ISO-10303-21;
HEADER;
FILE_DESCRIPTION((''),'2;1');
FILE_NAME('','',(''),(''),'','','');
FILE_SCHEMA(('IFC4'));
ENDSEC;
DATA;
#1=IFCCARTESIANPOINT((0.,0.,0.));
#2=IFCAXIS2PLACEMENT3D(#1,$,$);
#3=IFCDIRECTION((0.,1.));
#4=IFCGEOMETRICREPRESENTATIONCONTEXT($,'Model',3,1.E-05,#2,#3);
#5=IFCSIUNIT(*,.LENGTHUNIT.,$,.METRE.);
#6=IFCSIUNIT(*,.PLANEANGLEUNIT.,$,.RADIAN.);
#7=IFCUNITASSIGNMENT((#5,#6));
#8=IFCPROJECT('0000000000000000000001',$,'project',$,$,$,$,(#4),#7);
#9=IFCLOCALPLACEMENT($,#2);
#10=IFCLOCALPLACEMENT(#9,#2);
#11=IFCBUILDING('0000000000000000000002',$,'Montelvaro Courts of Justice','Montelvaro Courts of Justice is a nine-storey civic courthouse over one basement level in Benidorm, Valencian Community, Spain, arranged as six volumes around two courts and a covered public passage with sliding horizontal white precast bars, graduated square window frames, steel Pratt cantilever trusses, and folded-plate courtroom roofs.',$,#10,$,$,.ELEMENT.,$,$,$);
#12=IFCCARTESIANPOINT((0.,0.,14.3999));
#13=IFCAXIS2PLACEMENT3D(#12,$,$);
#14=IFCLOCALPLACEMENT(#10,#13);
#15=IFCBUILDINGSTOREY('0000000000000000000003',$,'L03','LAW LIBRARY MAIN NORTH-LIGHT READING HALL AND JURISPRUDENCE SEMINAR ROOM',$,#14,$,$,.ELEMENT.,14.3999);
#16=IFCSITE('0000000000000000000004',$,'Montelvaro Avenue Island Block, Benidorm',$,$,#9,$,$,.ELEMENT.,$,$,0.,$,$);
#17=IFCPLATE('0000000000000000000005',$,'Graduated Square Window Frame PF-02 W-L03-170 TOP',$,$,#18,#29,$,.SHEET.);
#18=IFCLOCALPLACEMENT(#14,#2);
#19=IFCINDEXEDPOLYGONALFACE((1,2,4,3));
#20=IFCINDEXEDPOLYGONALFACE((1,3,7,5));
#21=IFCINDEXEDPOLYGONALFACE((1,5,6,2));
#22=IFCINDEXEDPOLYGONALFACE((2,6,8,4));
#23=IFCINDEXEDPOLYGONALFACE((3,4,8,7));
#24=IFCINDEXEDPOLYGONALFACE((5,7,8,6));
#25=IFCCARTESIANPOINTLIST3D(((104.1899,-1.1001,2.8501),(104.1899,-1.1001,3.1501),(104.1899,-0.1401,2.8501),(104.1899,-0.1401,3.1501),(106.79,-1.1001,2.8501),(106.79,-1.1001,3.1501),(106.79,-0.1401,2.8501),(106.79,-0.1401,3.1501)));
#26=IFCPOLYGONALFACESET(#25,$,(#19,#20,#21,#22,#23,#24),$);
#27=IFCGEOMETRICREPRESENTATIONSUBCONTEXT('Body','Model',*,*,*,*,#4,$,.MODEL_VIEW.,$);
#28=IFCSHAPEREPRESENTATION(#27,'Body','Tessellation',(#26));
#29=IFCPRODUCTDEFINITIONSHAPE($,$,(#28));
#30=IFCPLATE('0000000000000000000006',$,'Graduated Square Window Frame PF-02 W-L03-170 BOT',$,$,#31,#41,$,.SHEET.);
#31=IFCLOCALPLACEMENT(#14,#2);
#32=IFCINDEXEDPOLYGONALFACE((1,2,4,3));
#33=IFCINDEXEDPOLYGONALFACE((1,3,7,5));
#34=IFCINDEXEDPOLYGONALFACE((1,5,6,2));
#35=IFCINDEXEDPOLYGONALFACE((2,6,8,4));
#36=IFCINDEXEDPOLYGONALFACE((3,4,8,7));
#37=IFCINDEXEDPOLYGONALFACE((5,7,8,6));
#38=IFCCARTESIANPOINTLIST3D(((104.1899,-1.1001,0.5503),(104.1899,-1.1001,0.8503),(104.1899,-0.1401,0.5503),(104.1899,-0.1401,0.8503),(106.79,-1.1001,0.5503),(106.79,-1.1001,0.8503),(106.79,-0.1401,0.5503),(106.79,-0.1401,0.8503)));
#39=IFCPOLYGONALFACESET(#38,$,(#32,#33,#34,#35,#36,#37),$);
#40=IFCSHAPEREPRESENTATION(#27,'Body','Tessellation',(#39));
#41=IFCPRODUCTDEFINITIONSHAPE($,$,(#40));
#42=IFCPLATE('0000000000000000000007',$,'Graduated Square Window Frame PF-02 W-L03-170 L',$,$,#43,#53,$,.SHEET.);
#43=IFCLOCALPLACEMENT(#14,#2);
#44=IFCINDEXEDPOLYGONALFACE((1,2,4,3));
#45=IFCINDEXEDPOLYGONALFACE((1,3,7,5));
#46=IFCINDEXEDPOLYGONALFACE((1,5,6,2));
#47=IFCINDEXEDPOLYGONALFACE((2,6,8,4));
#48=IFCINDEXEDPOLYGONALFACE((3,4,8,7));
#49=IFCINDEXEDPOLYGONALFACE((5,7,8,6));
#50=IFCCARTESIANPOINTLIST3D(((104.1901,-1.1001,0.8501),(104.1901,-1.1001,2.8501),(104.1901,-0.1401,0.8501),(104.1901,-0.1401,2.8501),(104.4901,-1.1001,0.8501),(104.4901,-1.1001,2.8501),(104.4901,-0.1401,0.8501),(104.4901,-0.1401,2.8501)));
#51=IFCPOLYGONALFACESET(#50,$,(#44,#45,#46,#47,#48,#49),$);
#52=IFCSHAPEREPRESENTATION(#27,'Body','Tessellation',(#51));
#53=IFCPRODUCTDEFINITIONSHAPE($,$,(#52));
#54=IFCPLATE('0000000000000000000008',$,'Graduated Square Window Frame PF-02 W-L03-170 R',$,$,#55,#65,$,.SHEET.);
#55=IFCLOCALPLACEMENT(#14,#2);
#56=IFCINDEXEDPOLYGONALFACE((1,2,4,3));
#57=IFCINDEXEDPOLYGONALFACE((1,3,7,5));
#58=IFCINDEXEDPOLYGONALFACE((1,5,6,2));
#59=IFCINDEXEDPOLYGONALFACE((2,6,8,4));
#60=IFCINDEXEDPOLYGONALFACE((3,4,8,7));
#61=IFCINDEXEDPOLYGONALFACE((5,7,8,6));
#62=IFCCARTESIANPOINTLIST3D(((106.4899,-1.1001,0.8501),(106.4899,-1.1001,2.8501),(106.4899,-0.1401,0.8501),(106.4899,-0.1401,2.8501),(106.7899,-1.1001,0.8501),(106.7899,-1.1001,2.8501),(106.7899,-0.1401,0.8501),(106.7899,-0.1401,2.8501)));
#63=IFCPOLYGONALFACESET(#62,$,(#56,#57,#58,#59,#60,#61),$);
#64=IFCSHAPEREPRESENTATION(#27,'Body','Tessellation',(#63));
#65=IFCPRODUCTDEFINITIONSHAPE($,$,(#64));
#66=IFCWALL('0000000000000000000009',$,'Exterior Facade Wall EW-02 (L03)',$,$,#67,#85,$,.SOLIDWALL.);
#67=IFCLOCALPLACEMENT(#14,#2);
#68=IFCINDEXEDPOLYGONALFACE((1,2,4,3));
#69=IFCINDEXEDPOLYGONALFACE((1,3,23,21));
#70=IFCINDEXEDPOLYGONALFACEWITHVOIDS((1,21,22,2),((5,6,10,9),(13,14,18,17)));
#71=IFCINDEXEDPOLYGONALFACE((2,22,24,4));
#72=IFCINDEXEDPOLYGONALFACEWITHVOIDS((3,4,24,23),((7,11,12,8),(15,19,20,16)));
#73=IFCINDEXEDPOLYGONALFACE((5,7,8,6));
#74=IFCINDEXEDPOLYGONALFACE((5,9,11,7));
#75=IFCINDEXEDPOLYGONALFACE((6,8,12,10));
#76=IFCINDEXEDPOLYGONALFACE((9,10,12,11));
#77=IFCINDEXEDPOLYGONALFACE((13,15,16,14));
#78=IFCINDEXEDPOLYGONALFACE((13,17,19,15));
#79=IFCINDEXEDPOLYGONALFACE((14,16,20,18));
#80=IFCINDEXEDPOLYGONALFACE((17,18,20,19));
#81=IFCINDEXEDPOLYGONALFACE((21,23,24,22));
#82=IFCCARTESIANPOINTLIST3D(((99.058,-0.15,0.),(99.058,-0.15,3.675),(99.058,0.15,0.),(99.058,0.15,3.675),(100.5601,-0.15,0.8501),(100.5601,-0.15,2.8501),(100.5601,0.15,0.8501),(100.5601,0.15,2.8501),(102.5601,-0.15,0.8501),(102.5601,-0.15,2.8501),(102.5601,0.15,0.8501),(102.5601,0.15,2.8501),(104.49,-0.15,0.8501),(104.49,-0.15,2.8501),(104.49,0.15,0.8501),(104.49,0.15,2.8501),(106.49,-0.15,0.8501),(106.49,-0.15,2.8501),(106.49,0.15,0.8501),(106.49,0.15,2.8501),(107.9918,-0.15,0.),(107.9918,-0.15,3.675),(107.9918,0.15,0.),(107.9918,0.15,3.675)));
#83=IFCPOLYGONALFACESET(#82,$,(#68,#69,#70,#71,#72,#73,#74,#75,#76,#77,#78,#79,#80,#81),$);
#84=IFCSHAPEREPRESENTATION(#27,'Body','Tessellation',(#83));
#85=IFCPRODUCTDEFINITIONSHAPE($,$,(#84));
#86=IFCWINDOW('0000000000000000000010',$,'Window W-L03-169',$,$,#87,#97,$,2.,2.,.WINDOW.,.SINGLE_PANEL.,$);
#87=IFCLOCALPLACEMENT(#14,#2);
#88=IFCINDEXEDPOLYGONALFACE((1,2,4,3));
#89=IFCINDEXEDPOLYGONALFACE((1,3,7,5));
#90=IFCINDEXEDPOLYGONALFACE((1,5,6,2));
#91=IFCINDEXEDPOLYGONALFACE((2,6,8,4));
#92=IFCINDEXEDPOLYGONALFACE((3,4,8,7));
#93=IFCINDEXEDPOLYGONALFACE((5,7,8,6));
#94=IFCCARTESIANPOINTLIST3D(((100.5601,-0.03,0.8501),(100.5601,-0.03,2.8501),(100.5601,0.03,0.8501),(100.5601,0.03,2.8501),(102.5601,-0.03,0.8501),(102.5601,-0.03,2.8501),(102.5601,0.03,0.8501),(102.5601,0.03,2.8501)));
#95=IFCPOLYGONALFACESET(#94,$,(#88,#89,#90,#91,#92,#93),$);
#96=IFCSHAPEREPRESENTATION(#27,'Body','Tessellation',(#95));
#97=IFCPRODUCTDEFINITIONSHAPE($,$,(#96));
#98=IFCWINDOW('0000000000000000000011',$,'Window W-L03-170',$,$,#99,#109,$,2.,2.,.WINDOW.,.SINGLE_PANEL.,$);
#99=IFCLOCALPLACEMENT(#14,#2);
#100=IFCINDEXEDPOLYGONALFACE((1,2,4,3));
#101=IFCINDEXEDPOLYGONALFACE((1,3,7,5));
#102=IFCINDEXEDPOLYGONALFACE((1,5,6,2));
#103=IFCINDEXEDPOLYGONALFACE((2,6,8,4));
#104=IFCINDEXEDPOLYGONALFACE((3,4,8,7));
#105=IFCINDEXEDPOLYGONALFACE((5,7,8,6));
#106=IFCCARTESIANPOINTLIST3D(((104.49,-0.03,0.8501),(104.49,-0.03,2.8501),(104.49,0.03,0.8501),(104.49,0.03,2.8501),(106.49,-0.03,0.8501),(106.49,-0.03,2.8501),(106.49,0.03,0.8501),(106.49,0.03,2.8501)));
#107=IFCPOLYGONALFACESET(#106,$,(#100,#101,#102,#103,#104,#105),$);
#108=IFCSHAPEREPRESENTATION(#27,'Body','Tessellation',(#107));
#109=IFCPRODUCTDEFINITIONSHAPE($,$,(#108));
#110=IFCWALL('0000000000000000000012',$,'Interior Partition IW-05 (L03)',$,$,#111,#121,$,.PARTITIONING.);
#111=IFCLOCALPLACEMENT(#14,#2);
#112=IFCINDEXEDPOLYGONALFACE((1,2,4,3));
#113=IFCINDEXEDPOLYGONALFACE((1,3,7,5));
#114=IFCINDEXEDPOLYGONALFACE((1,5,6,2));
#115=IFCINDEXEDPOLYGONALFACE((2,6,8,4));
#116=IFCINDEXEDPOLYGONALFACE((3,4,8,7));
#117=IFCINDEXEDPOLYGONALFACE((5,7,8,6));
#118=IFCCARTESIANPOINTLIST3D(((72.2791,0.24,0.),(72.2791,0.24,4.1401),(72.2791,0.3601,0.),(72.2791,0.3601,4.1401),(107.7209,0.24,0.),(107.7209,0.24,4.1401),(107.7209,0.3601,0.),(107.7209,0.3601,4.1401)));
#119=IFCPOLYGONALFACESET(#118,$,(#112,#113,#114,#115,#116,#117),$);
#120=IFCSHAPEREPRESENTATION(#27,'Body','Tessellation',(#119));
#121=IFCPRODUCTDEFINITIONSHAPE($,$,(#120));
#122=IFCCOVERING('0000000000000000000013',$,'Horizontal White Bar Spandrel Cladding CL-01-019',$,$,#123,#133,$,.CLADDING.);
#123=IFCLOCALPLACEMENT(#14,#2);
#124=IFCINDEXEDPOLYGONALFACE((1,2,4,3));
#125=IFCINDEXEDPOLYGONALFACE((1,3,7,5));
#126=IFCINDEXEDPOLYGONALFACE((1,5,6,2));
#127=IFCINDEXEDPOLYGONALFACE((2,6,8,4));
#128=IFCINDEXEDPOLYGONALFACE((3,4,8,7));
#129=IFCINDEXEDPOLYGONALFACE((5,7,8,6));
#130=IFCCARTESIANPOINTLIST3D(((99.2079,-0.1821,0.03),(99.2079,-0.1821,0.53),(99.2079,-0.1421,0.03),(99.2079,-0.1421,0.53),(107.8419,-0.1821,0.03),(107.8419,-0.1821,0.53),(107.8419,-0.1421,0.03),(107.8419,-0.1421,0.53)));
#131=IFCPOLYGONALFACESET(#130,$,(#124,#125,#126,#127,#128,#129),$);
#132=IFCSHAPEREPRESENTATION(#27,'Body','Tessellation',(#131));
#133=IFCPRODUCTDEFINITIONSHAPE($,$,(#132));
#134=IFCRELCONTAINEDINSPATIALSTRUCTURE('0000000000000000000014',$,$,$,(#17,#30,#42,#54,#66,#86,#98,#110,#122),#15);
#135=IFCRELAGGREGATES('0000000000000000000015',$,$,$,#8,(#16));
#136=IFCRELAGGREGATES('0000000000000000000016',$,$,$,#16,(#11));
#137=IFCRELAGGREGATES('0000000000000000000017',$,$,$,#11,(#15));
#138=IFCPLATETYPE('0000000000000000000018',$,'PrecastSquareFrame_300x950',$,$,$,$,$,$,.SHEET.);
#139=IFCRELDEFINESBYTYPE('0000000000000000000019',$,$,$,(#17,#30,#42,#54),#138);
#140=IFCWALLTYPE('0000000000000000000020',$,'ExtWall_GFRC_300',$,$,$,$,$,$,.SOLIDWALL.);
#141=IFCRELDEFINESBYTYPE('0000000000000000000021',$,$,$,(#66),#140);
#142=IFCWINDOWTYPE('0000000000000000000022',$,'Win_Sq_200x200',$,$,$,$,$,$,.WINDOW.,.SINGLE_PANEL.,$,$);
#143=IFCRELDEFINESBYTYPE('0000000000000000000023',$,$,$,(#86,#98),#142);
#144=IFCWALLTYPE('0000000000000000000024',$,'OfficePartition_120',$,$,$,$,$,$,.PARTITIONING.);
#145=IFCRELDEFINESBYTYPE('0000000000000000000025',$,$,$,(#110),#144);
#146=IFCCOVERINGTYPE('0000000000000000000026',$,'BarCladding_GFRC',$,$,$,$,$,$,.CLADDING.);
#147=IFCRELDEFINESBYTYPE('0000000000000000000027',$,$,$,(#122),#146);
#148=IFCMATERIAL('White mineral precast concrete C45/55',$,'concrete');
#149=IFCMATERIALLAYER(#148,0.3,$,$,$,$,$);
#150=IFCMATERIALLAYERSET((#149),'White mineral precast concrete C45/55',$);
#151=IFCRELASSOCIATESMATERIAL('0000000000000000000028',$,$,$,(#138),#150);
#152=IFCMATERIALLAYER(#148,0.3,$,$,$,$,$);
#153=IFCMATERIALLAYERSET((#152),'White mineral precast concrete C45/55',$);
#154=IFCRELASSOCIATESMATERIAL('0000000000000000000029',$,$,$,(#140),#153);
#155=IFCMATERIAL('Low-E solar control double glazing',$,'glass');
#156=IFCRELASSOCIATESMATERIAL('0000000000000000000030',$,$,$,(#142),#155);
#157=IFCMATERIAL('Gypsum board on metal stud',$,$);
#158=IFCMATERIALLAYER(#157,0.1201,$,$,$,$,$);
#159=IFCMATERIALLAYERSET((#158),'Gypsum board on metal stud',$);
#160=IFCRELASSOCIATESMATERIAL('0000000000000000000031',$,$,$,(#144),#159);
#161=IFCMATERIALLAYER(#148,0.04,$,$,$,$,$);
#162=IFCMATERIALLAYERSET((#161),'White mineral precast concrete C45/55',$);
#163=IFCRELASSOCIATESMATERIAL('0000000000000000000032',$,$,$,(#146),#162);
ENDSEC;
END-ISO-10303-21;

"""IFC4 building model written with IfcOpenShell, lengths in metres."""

from ifc_helpers import new_model, si_unit, direction, frame, frame_2d, origin, origin_2d, place, context, subcontext, project, spatial, rectangle, extrude, material, layer, layer_set, type_object, element, fill, save


model = new_model("IFC4")

# Units and contexts
model_context = context("Model", 3, precision=1e-05, world=origin(), true_north=direction((0.0, 1.0)))
body_context = subcontext(model_context, "Body", "Model", "MODEL_VIEW")
ifc_project = project(units=[si_unit("LENGTHUNIT", "METRE"), si_unit("PLANEANGLEUNIT", "RADIAN")], contexts=[model_context])

# Site, building, storey
site_placement = place(None, origin())
site = spatial("IfcSite", under=ifc_project, at=site_placement, Name="Montelvaro Avenue Island Block, Benidorm", CompositionType="ELEMENT", RefElevation=0.0)
building_placement = place(site_placement, origin())
building = spatial("IfcBuilding", under=site, at=building_placement, Name="Montelvaro Courts of Justice", Description="Montelvaro Courts of Justice is a nine-storey civic courthouse over one basement level in Benidorm, Valencian Community, Spain, arranged as six volumes around two courts and a covered public passage with sliding horizontal white precast bars, graduated square window frames, steel Pratt cantilever trusses, and folded-plate courtroom roofs.", CompositionType="ELEMENT")
storey_placement = place(building_placement, frame((0.0, 0.0, 14.3999)))
storey = spatial("IfcBuildingStorey", under=building, at=storey_placement, Name="L03", Description="LAW LIBRARY MAIN NORTH-LIGHT READING HALL AND JURISPRUDENCE SEMINAR ROOM", CompositionType="ELEMENT", Elevation=14.3999)

# Plates
ifc_material_1 = material(Name="White mineral precast concrete C45/55", Category="concrete")
ifc_layer_1 = layer(ifc_material_1, 0.3)
ifc_layer_set_1 = layer_set([ifc_layer_1], Name="White mineral precast concrete C45/55")
plate_type = type_object("IfcPlateType", Name="PrecastSquareFrame_300x950", PredefinedType="SHEET", material=ifc_layer_set_1)
for number, where, z_axis, x_axis, name in (
    (1, (105.49, -0.6201, 2.8501), (0.0, 0.0, 1.0), (1.0, 0.0, 0.0), "Graduated Square Window Frame PF-02 W-L03-170 TOP"),
    (2, (105.49, -0.6201, 0.5503), (0.0, 0.0, 1.0), (1.0, 0.0, 0.0), "Graduated Square Window Frame PF-02 W-L03-170 BOT"),
):
    element("IfcPlate", number, at=place(storey_placement, frame(where, z_axis=z_axis, x_axis=x_axis)), inside=storey, type_object=plate_type, Name=name, PredefinedType="SHEET", context=body_context, shape_type="SweptSolid", body=[
        extrude(rectangle(XDim=2.6001, YDim=0.96, at=origin_2d()), origin(), (0.0, 0.0, 1.0), 0.3),
    ])
for number, where, z_axis, x_axis, name in (
    (3, (104.3401, -0.6201, 0.8501), (0.0, 0.0, 1.0), (1.0, 0.0, 0.0), "Graduated Square Window Frame PF-02 W-L03-170 L"),
    (4, (106.6399, -0.6201, 0.8501), (0.0, 0.0, 1.0), (1.0, 0.0, 0.0), "Graduated Square Window Frame PF-02 W-L03-170 R"),
):
    element("IfcPlate", number, at=place(storey_placement, frame(where, z_axis=z_axis, x_axis=x_axis)), inside=storey, type_object=plate_type, Name=name, PredefinedType="SHEET", context=body_context, shape_type="SweptSolid", body=[
        extrude(rectangle(XDim=0.3, YDim=0.96, at=origin_2d()), origin(), (0.0, 0.0, 1.0), 2.0),
    ])

# Wall, openings, windows
ifc_layer_2 = layer(ifc_material_1, 0.3)
ifc_layer_set_2 = layer_set([ifc_layer_2], Name="White mineral precast concrete C45/55")
wall_type_1 = type_object("IfcWallType", Name="ExtWall_GFRC_300", PredefinedType="SOLIDWALL", material=ifc_layer_set_2)
wall_1_placement = place(storey_placement, frame((99.0581, 0.0, 0.0), z_axis=(0.0, 0.0, 1.0), x_axis=(1.0, 0.0, 0.0)))
wall_1 = element("IfcWall", 5, at=wall_1_placement, inside=storey, type_object=wall_type_1, Name="Exterior Facade Wall EW-02 (L03)", PredefinedType="SOLIDWALL", context=body_context, shape_type="SweptSolid", body=[
    extrude(rectangle(XDim=8.9338, YDim=0.3, at=frame_2d((4.4668, 0.0))), origin(), (0.0, 0.0, 1.0), 3.675),
])
opening_1_placement = place(wall_1_placement, frame((1.502, 0.0, 0.8501)))
opening_1 = element("IfcOpeningElement", 6, at=opening_1_placement, cuts=wall_1, PredefinedType="OPENING", context=body_context, shape_type="SweptSolid", body=[
    extrude(rectangle(XDim=2.0, YDim=2.0, at=frame_2d((1.0, 1.0))), frame((0.0, 0.165, 0.0), z_axis=(0.0, -1.0, 0.0), x_axis=(1.0, 0.0, 0.0)), (0.0, 0.0, 1.0), 0.3298),
])
opening_2_placement = place(wall_1_placement, frame((5.4319, 0.0, 0.8501)))
opening_2 = element("IfcOpeningElement", 7, at=opening_2_placement, cuts=wall_1, PredefinedType="OPENING", context=body_context, shape_type="SweptSolid", body=[
    extrude(rectangle(XDim=2.0, YDim=2.0, at=frame_2d((1.0, 1.0))), frame((0.0, 0.165, 0.0), z_axis=(0.0, -1.0, 0.0), x_axis=(1.0, 0.0, 0.0)), (0.0, 0.0, 1.0), 0.3298),
])
ifc_material_2 = material(Name="Low-E solar control double glazing", Category="glass")
window_type = type_object("IfcWindowType", Name="Win_Sq_200x200", PartitioningType="SINGLE_PANEL", PredefinedType="WINDOW", material=ifc_material_2)
window_1_placement = place(opening_1_placement, origin())
window_1 = element("IfcWindow", 8, at=window_1_placement, inside=storey, type_object=window_type, Name="Window W-L03-169", OverallHeight=2.0, OverallWidth=2.0, PartitioningType="SINGLE_PANEL", PredefinedType="WINDOW", context=body_context, shape_type="SweptSolid", body=[
    extrude(rectangle(XDim=2.0, YDim=2.0, at=frame_2d((1.0, 1.0))), frame((0.0, 0.03, 0.0), z_axis=(0.0, -1.0, 0.0), x_axis=(1.0, 0.0, 0.0)), (0.0, 0.0, 1.0), 0.0601),
])
fill(opening_1, window_1)
window_2_placement = place(opening_2_placement, origin())
window_2 = element("IfcWindow", 9, at=window_2_placement, inside=storey, type_object=window_type, Name="Window W-L03-170", OverallHeight=2.0, OverallWidth=2.0, PartitioningType="SINGLE_PANEL", PredefinedType="WINDOW", context=body_context, shape_type="SweptSolid", body=[
    extrude(rectangle(XDim=2.0, YDim=2.0, at=frame_2d((1.0, 1.0))), frame((0.0, 0.03, 0.0), z_axis=(0.0, -1.0, 0.0), x_axis=(1.0, 0.0, 0.0)), (0.0, 0.0, 1.0), 0.0601),
])
fill(opening_2, window_2)

# Wall
ifc_material_3 = material(Name="Gypsum board on metal stud")
ifc_layer_3 = layer(ifc_material_3, 0.1201)
ifc_layer_set_3 = layer_set([ifc_layer_3], Name="Gypsum board on metal stud")
wall_type_2 = type_object("IfcWallType", Name="OfficePartition_120", PredefinedType="PARTITIONING", material=ifc_layer_set_3)
wall_2_placement = place(storey_placement, frame((107.7209, 0.3, 0.0), z_axis=(0.0, 0.0, 1.0), x_axis=(-1.0, 0.0, 0.0)))
element("IfcWall", 10, at=wall_2_placement, inside=storey, type_object=wall_type_2, Name="Interior Partition IW-05 (L03)", PredefinedType="PARTITIONING", context=body_context, shape_type="SweptSolid", body=[
    extrude(rectangle(XDim=35.4419, YDim=0.1201, at=frame_2d((17.7209, 0.0))), origin(), (0.0, 0.0, 1.0), 4.1401),
])

# Covering
ifc_layer_4 = layer(ifc_material_1, 0.04)
ifc_layer_set_4 = layer_set([ifc_layer_4], Name="White mineral precast concrete C45/55")
covering_type = type_object("IfcCoveringType", Name="BarCladding_GFRC", PredefinedType="CLADDING", material=ifc_layer_set_4)
covering_placement = place(storey_placement, frame((103.5249, -0.1621, 0.03), z_axis=(0.0, 0.0, 1.0), x_axis=(1.0, 0.0, 0.0)))
element("IfcCovering", 11, at=covering_placement, inside=storey, type_object=covering_type, Name="Horizontal White Bar Spandrel Cladding CL-01-019", PredefinedType="CLADDING", context=body_context, shape_type="SweptSolid", body=[
    extrude(rectangle(XDim=8.634, YDim=0.04, at=origin_2d()), origin(), (0.0, 0.0, 1.0), 0.5),
])

save(model, "model.ifc")
